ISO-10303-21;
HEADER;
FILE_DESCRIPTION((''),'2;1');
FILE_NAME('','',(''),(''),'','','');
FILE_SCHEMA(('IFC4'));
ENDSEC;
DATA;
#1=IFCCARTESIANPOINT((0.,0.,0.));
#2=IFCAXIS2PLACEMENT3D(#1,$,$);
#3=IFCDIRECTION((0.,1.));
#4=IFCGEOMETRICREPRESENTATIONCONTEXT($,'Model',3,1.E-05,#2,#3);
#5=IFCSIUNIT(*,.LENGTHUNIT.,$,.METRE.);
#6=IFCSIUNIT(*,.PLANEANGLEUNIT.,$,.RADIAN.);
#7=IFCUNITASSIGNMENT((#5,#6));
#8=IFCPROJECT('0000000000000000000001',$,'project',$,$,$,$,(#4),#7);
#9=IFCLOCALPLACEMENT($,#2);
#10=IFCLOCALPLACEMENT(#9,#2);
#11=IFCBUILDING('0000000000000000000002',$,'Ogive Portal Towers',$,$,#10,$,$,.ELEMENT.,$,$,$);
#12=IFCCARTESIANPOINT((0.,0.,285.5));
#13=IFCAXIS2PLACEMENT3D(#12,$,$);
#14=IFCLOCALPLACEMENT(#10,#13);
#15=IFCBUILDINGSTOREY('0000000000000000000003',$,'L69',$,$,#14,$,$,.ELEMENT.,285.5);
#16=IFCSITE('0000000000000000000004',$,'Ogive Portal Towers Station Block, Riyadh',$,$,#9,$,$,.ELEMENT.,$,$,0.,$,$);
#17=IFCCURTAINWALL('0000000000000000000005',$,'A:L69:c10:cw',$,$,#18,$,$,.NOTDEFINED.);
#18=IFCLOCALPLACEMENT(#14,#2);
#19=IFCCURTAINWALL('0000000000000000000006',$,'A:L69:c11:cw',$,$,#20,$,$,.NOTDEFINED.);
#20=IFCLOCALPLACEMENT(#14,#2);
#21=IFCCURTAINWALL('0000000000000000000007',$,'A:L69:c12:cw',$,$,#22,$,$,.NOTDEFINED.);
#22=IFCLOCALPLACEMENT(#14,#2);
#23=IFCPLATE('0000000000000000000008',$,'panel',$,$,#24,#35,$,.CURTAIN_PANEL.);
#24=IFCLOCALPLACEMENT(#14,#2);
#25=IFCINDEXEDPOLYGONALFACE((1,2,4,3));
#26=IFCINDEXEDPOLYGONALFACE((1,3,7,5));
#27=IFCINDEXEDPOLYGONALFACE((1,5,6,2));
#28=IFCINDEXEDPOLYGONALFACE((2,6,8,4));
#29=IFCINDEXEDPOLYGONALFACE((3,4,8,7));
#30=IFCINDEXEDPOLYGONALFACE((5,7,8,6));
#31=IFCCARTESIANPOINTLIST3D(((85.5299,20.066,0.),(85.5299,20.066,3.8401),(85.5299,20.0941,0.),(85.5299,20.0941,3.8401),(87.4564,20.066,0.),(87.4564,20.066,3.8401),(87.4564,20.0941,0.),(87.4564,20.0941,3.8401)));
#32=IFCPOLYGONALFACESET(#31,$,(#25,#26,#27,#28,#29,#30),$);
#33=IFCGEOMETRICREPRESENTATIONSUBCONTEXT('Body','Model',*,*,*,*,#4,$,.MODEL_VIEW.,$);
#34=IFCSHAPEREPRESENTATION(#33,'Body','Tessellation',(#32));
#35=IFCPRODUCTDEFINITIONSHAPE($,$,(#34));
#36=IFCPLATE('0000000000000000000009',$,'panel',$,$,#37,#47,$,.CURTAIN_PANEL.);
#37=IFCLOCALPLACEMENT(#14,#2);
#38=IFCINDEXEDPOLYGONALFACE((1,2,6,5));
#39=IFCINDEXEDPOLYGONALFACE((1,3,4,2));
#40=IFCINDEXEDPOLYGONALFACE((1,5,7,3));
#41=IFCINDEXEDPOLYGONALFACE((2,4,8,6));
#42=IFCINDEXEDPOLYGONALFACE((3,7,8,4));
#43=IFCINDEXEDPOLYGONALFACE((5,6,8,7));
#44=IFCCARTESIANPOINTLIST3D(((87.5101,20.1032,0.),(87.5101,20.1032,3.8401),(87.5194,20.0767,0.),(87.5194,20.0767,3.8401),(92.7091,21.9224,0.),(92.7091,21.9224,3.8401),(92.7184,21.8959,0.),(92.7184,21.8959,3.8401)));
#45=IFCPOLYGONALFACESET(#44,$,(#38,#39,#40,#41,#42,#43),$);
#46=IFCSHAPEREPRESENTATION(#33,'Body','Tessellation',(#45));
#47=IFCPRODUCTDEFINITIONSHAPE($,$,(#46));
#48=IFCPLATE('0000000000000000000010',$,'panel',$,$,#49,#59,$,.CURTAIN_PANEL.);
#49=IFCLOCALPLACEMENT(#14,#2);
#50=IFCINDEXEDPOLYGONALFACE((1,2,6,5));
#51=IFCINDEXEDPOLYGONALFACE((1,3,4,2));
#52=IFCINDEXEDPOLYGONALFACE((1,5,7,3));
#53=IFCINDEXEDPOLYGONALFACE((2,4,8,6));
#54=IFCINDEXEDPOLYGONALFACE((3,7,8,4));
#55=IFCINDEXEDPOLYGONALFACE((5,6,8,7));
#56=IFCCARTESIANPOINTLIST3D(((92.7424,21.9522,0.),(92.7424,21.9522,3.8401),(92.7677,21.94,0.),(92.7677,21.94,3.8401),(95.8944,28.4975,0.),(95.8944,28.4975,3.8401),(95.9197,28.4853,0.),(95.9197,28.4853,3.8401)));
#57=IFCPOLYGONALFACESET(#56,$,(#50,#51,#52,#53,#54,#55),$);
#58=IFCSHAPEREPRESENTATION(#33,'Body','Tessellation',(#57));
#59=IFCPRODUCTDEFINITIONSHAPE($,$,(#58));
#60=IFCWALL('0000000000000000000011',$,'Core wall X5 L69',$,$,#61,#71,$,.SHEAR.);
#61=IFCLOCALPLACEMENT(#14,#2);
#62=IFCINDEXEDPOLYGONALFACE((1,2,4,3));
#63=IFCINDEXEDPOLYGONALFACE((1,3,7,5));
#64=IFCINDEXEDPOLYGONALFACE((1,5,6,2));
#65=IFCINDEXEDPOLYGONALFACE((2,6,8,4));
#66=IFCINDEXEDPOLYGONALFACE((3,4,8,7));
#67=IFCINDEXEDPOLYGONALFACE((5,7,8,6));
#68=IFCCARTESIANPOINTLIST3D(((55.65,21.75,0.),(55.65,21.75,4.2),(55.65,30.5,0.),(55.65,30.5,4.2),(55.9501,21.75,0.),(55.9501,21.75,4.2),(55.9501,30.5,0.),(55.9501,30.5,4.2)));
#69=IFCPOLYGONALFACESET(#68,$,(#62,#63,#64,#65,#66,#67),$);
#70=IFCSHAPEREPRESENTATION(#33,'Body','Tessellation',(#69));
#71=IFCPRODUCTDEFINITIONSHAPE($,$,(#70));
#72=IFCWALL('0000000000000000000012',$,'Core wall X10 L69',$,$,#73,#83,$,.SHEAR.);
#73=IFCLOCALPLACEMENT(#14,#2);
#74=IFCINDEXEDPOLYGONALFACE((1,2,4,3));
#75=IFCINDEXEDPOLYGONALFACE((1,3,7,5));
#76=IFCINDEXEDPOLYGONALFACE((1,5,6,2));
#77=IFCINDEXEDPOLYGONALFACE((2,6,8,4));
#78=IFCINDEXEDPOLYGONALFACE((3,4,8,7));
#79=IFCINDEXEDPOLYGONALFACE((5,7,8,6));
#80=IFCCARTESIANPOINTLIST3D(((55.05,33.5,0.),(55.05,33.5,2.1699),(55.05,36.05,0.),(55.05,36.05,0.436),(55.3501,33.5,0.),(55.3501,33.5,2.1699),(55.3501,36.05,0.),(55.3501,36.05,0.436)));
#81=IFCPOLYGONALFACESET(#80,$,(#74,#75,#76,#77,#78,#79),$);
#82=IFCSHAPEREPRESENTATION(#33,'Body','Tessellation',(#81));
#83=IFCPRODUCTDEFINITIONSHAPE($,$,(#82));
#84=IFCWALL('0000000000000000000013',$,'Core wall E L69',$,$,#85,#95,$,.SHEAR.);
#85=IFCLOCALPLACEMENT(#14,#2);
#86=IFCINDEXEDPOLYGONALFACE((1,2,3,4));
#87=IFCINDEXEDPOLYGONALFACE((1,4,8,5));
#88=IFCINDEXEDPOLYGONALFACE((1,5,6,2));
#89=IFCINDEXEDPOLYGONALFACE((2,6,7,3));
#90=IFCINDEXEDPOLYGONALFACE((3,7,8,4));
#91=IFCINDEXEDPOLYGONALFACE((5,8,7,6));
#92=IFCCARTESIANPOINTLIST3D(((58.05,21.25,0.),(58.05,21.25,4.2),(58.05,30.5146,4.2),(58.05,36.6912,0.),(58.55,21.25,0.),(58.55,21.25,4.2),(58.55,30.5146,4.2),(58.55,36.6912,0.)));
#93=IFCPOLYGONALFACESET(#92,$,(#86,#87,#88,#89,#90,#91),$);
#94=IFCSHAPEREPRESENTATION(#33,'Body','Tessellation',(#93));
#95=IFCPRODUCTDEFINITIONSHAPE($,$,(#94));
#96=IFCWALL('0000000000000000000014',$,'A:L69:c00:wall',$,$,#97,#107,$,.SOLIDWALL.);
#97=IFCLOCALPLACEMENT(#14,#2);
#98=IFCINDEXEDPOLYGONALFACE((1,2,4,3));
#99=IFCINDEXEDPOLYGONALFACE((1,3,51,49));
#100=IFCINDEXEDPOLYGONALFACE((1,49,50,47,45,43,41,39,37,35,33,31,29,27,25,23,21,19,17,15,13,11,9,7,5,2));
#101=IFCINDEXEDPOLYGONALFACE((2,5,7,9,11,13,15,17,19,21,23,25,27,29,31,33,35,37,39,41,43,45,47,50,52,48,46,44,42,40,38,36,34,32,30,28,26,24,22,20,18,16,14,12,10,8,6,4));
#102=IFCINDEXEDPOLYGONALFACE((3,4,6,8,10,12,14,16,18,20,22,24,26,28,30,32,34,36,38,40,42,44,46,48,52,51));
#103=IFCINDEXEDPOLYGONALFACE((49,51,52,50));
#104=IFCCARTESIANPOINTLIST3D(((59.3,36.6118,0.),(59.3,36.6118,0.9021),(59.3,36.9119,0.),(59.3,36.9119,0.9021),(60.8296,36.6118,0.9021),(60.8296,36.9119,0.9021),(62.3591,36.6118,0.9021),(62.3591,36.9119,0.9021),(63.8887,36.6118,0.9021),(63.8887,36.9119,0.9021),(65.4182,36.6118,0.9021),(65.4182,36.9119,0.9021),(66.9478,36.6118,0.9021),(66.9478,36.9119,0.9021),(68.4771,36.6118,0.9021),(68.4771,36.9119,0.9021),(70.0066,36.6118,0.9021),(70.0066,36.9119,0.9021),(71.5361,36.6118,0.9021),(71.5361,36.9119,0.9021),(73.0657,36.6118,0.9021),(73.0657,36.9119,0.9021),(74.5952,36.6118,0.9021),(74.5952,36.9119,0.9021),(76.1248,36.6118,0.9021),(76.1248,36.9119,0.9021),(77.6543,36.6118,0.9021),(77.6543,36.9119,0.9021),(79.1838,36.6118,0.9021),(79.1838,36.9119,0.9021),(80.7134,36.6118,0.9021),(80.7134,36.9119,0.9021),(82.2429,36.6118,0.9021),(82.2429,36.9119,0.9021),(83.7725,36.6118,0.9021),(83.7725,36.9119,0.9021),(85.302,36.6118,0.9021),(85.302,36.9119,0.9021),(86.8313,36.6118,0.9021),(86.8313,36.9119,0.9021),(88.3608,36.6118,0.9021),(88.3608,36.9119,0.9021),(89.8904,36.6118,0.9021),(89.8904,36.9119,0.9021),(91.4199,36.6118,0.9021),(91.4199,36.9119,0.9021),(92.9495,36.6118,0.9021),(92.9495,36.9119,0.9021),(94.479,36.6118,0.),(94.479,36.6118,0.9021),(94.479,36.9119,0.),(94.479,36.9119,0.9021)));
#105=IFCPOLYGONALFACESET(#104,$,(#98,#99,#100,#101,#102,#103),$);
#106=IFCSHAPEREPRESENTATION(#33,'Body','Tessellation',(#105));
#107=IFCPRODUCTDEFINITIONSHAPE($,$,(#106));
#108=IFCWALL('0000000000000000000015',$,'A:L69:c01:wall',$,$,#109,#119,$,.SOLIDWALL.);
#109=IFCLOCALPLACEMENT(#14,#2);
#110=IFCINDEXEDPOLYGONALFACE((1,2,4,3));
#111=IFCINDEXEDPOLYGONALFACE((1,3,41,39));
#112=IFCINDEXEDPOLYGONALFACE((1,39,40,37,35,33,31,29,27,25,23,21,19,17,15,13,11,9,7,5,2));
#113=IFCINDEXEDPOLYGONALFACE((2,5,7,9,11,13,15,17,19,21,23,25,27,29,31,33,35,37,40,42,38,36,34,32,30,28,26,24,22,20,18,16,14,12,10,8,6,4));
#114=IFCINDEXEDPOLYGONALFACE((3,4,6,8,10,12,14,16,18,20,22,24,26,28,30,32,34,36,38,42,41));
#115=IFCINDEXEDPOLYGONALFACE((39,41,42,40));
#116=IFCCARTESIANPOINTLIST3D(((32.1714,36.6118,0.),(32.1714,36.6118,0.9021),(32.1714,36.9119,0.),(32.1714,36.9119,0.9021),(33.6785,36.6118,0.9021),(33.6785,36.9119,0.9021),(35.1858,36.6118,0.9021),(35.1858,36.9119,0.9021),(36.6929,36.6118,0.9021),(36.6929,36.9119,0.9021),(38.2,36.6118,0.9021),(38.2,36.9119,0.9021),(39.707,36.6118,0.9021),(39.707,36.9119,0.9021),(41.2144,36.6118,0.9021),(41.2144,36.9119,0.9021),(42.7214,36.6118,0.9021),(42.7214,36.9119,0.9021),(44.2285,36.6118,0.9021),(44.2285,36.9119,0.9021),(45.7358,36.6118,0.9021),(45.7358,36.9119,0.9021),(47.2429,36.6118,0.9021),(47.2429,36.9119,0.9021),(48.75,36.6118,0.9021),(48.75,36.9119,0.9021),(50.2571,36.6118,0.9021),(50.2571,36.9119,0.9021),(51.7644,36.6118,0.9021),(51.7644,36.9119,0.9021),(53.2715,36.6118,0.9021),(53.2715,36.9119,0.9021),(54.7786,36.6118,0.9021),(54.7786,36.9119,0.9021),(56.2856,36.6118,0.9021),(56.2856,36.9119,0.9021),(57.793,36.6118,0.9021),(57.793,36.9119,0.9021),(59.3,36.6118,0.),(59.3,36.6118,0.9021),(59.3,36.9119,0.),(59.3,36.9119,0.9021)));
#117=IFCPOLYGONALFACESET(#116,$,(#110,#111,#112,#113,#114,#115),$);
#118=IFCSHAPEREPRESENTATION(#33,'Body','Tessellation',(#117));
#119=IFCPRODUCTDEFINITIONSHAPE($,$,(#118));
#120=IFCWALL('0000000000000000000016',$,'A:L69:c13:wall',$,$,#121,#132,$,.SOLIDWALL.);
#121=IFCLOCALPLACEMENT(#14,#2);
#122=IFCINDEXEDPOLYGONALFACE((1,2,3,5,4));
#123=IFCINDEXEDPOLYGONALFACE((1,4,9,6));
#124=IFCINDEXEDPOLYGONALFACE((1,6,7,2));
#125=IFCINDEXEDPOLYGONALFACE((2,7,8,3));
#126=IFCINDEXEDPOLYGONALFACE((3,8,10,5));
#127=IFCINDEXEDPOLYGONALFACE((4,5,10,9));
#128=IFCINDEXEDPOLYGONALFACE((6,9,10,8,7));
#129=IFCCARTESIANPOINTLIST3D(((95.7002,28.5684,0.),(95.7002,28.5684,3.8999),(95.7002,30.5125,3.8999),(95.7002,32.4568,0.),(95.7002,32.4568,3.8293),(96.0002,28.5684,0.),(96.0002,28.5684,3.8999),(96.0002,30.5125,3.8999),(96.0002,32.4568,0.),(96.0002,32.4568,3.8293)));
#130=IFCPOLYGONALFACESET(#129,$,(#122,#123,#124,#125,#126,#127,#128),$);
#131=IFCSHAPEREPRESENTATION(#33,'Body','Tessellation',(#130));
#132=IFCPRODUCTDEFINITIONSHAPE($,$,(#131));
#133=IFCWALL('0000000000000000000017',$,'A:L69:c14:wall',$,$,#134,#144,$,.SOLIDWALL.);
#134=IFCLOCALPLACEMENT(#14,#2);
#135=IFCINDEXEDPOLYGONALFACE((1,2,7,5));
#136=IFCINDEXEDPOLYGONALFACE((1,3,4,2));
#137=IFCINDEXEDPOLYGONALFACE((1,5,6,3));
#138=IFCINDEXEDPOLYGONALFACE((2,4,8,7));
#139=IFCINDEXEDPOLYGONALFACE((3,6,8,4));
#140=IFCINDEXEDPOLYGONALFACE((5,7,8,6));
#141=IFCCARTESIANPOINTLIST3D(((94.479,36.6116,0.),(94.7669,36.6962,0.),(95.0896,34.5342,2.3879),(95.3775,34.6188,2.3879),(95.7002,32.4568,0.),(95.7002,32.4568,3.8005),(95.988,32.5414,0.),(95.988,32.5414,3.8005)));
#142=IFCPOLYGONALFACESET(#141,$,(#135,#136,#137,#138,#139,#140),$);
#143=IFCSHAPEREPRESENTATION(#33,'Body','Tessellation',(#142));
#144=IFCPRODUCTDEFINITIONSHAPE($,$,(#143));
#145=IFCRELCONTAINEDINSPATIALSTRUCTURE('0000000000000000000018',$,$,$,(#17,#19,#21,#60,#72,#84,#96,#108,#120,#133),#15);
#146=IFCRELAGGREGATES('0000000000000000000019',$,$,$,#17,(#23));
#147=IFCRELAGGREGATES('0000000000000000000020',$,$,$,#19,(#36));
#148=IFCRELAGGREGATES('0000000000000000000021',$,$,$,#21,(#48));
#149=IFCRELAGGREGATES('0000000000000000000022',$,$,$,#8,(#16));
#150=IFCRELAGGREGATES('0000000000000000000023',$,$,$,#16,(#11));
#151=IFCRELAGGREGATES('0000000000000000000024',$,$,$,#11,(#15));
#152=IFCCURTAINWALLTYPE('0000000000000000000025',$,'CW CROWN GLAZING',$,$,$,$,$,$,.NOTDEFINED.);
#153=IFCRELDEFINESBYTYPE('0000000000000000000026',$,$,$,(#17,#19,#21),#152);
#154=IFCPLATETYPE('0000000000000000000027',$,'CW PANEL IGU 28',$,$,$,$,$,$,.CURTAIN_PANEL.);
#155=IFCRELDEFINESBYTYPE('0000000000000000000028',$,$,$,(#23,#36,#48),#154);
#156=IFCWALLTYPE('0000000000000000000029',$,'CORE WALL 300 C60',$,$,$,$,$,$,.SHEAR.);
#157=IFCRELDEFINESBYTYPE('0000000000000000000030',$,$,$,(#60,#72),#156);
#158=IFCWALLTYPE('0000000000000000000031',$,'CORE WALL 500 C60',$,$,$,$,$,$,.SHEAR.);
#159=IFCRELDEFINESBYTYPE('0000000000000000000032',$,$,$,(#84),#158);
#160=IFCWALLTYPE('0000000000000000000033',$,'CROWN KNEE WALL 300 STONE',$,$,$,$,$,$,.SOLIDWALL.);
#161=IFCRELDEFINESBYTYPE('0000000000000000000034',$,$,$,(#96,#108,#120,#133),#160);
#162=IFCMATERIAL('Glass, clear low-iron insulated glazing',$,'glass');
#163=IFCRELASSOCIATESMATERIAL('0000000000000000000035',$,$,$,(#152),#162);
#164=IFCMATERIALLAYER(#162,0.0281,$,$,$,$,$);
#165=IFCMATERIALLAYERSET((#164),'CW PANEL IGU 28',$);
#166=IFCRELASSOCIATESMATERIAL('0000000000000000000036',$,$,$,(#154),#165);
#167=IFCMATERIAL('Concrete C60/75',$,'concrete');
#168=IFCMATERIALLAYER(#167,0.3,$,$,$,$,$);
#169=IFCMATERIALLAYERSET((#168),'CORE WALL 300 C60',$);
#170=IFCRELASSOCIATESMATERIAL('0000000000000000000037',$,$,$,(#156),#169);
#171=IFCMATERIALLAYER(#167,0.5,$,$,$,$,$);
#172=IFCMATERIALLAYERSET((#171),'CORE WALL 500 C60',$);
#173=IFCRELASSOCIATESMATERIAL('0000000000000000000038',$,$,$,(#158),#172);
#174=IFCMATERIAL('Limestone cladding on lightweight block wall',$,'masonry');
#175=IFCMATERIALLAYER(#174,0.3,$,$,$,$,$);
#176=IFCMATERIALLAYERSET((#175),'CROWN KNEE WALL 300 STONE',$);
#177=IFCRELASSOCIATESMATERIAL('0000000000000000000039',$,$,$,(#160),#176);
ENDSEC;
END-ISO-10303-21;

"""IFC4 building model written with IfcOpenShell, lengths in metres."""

from ifc_helpers import new_model, si_unit, direction, frame, frame_2d, origin, origin_2d, place, context, subcontext, project, spatial, polyline, rectangle, outline, extrude, material, layer, layer_set, type_object, element, aggregate, save


model = new_model("IFC4")

# Units and contexts
model_context = context("Model", 3, precision=1e-05, world=origin(), true_north=direction((0.0, 1.0)))
body_context = subcontext(model_context, "Body", "Model", "MODEL_VIEW")
ifc_project = project(units=[si_unit("LENGTHUNIT", "METRE"), si_unit("PLANEANGLEUNIT", "RADIAN")], contexts=[model_context])

# Site, building, storey
site_placement = place(None, origin())
site = spatial("IfcSite", under=ifc_project, at=site_placement, Name="Ogive Portal Towers Station Block, Riyadh", CompositionType="ELEMENT", RefElevation=0.0)
building_placement = place(site_placement, origin())
building = spatial("IfcBuilding", under=site, at=building_placement, Name="Ogive Portal Towers", CompositionType="ELEMENT")
storey_placement = place(building_placement, frame((0.0, 0.0, 285.5)))
storey = spatial("IfcBuildingStorey", under=building, at=storey_placement, Name="L69", CompositionType="ELEMENT", Elevation=285.5)

# Curtain wall
ifc_material_1 = material(Name="Glass, clear low-iron insulated glazing", Category="glass")
curtain_wall_type = type_object("IfcCurtainWallType", Name="CW CROWN GLAZING", PredefinedType="NOTDEFINED", material=ifc_material_1)
curtain_wall_1_placement = place(storey_placement, origin())
curtain_wall_1 = element("IfcCurtainWall", 1, at=curtain_wall_1_placement, inside=storey, type_object=curtain_wall_type, Name="A:L69:c10:cw", PredefinedType="NOTDEFINED")

# Curtain walls
curtain_wall_2_placement = place(storey_placement, origin())
curtain_wall_2 = element("IfcCurtainWall", 2, at=curtain_wall_2_placement, inside=storey, type_object=curtain_wall_type, Name="A:L69:c11:cw", PredefinedType="NOTDEFINED")
curtain_wall_3_placement = place(storey_placement, origin())
curtain_wall_3 = element("IfcCurtainWall", 3, at=curtain_wall_3_placement, inside=storey, type_object=curtain_wall_type, Name="A:L69:c12:cw", PredefinedType="NOTDEFINED")

# Plates
ifc_layer_1 = layer(ifc_material_1, 0.0281)
ifc_layer_set_1 = layer_set([ifc_layer_1], Name="CW PANEL IGU 28")
plate_type = type_object("IfcPlateType", Name="CW PANEL IGU 28", PredefinedType="CURTAIN_PANEL", material=ifc_layer_set_1)
plate_1_placement = place(storey_placement, frame((86.4932, 20.0801, 0.0), z_axis=(0.0, 0.0, 1.0), x_axis=(1.0, 0.0, 0.0)))
plate_1 = element("IfcPlate", 4, at=plate_1_placement, type_object=plate_type, Name="panel", PredefinedType="CURTAIN_PANEL", context=body_context, shape_type="SweptSolid", body=[
    extrude(rectangle(XDim=1.9265, YDim=0.0281, at=origin_2d()), origin(), (0.0, 0.0, 1.0), 3.8401),
])
aggregate(curtain_wall_1, [plate_1])
plate_2_placement = place(storey_placement, frame((90.1143, 20.9995, 0.0), z_axis=(0.0, 0.0, 1.0), x_axis=(0.943883, 0.330279, 0.0)))
plate_2 = element("IfcPlate", 5, at=plate_2_placement, type_object=plate_type, Name="panel", PredefinedType="CURTAIN_PANEL", context=body_context, shape_type="SweptSolid", body=[
    extrude(rectangle(XDim=5.5081, YDim=0.0281, at=origin_2d()), origin(), (0.0, 0.0, 1.0), 3.8401),
])
aggregate(curtain_wall_2, [plate_2])
plate_3_placement = place(storey_placement, frame((94.3311, 25.2188, 0.0), z_axis=(0.0, 0.0, 1.0), x_axis=(0.433884, 0.900969, 0.0)))
plate_3 = element("IfcPlate", 6, at=plate_3_placement, type_object=plate_type, Name="panel", PredefinedType="CURTAIN_PANEL", context=body_context, shape_type="SweptSolid", body=[
    extrude(rectangle(XDim=7.2646, YDim=0.0281, at=origin_2d()), origin(), (0.0, 0.0, 1.0), 3.8401),
])
aggregate(curtain_wall_3, [plate_3])

# Walls
ifc_material_2 = material(Name="Concrete C60/75", Category="concrete")
ifc_layer_2 = layer(ifc_material_2, 0.3)
ifc_layer_set_2 = layer_set([ifc_layer_2], Name="CORE WALL 300 C60")
wall_type_1 = type_object("IfcWallType", Name="CORE WALL 300 C60", PredefinedType="SHEAR", material=ifc_layer_set_2)
wall_1_placement = place(storey_placement, frame((55.8, 21.75, 0.0), z_axis=(0.0, 0.0, 1.0), x_axis=(0.0, 1.0, 0.0)))
element("IfcWall", 7, at=wall_1_placement, inside=storey, type_object=wall_type_1, Name="Core wall X5 L69", PredefinedType="SHEAR", context=body_context, shape_type="SweptSolid", body=[
    extrude(rectangle(XDim=8.75, YDim=0.3, at=frame_2d((4.375, 0.0))), origin(), (0.0, 0.0, 1.0), 4.2),
])
wall_2_placement = place(storey_placement, frame((55.2, 33.5, 0.0), z_axis=(0.0, 0.0, 1.0), x_axis=(0.0, 1.0, 0.0)))
element("IfcWall", 8, at=wall_2_placement, inside=storey, type_object=wall_type_1, Name="Core wall X10 L69", PredefinedType="SHEAR", context=body_context, shape_type="SweptSolid", body=[
    extrude(outline(polyline([(0.0, 0.0), (2.55, 0.0), (2.55, 0.436), (0.0, 2.1699), (0.0, 0.0)])), frame((0.0, 0.1499, 0.0), z_axis=(0.0, -1.0, 0.0), x_axis=(1.0, 0.0, 0.0)), (0.0, 0.0, 1.0), 0.3),
])
ifc_layer_3 = layer(ifc_material_2, 0.5)
ifc_layer_set_3 = layer_set([ifc_layer_3], Name="CORE WALL 500 C60")
wall_type_2 = type_object("IfcWallType", Name="CORE WALL 500 C60", PredefinedType="SHEAR", material=ifc_layer_set_3)
wall_3_placement = place(storey_placement, frame((58.3, 21.25, 0.0), z_axis=(0.0, 0.0, 1.0), x_axis=(0.0, 1.0, 0.0)))
element("IfcWall", 9, at=wall_3_placement, inside=storey, type_object=wall_type_2, Name="Core wall E L69", PredefinedType="SHEAR", context=body_context, shape_type="SweptSolid", body=[
    extrude(outline(polyline([(0.0, 0.0), (18.5, 0.0), (15.4412, 0.0), (9.2646, 4.2), (0.0, 4.2), (0.0, 0.0)])), frame((0.0, 0.25, 0.0), z_axis=(0.0, -1.0, 0.0), x_axis=(1.0, 0.0, 0.0)), (0.0, 0.0, 1.0), 0.5),
])
ifc_material_3 = material(Name="Limestone cladding on lightweight block wall", Category="masonry")
ifc_layer_4 = layer(ifc_material_3, 0.3)
ifc_layer_set_4 = layer_set([ifc_layer_4], Name="CROWN KNEE WALL 300 STONE")
wall_type_3 = type_object("IfcWallType", Name="CROWN KNEE WALL 300 STONE", PredefinedType="SOLIDWALL", material=ifc_layer_set_4)
wall_4_placement = place(storey_placement, frame((94.479, 36.7617, 0.0), z_axis=(0.0, 0.0, 1.0), x_axis=(-1.0, 0.0, 0.0)))
element("IfcWall", 10, at=wall_4_placement, inside=storey, type_object=wall_type_3, Name="A:L69:c00:wall", PredefinedType="SOLIDWALL", context=body_context, shape_type="SweptSolid", body=[
    extrude(outline(polyline([(0.0, 0.0), (35.179, 0.0), (35.179, 0.9021), (33.6494, 0.9021), (32.1199, 0.9021), (30.5903, 0.9021), (29.0608, 0.9021), (27.5312, 0.9021), (26.002, 0.9021), (24.4724, 0.9021), (22.9429, 0.9021), (21.4133, 0.9021), (19.8838, 0.9021), (18.3542, 0.9021), (16.8247, 0.9021), (15.2952, 0.9021), (13.7656, 0.9021), (12.2361, 0.9021), (10.7065, 0.9021), (9.177, 0.9021), (7.6477, 0.9021), (6.1182, 0.9021), (4.5886, 0.9021), (3.0591, 0.9021), (1.5295, 0.9021), (0.0, 0.9021), (0.0, 0.0)])), frame((0.0, 0.1499, 0.0), z_axis=(0.0, -1.0, 0.0), x_axis=(1.0, 0.0, 0.0)), (0.0, 0.0, 1.0), 0.3),
])
wall_5_placement = place(storey_placement, frame((59.3, 36.7617, 0.0), z_axis=(0.0, 0.0, 1.0), x_axis=(-1.0, 0.0, 0.0)))
element("IfcWall", 11, at=wall_5_placement, inside=storey, type_object=wall_type_3, Name="A:L69:c01:wall", PredefinedType="SOLIDWALL", context=body_context, shape_type="SweptSolid", body=[
    extrude(outline(polyline([(0.0, 0.0), (27.1287, 0.0), (27.1287, 0.9021), (25.6216, 0.9021), (24.1143, 0.9021), (22.6072, 0.9021), (21.1001, 0.9021), (19.593, 0.9021), (18.0857, 0.9021), (16.5786, 0.9021), (15.0715, 0.9021), (13.5642, 0.9021), (12.0571, 0.9021), (10.55, 0.9021), (9.043, 0.9021), (7.5356, 0.9021), (6.0286, 0.9021), (4.5215, 0.9021), (3.0144, 0.9021), (1.5071, 0.9021), (0.0, 0.9021), (0.0, 0.0)])), frame((0.0, 0.1499, 0.0), z_axis=(0.0, -1.0, 0.0), x_axis=(1.0, 0.0, 0.0)), (0.0, 0.0, 1.0), 0.3),
])
wall_6_placement = place(storey_placement, frame((95.8501, 28.5684, 0.0), z_axis=(0.0, 0.0, 1.0), x_axis=(0.0, 1.0, 0.0)))
element("IfcWall", 12, at=wall_6_placement, inside=storey, type_object=wall_type_3, Name="A:L69:c13:wall", PredefinedType="SOLIDWALL", context=body_context, shape_type="SweptSolid", body=[
    extrude(outline(polyline([(0.0, 0.0), (3.8884, 0.0), (3.8884, 3.8293), (1.9441, 3.8999), (0.0, 3.8999), (0.0, 0.0)])), frame((0.0, 0.1499, 0.0), z_axis=(0.0, -1.0, 0.0), x_axis=(1.0, 0.0, 0.0)), (0.0, 0.0, 1.0), 0.3),
])
wall_7_placement = place(storey_placement, frame((95.844, 32.499, 0.0), z_axis=(0.0, 0.0, 1.0), x_axis=(-0.28198, 0.95942, 0.0)))
element("IfcWall", 13, at=wall_7_placement, inside=storey, type_object=wall_type_3, Name="A:L69:c14:wall", PredefinedType="SOLIDWALL", context=body_context, shape_type="SweptSolid", body=[
    extrude(outline(polyline([(0.0, 0.0), (4.3308, 0.0), (4.3306, 0.9753), (4.3306, 0.0), (2.1653, 2.3879), (0.0, 3.8005), (0.0, 0.0)])), frame((0.0, 0.1499, 0.0), z_axis=(0.0, -1.0, 0.0), x_axis=(1.0, 0.0, 0.0)), (0.0, 0.0, 1.0), 0.3),
])

save(model, "model.ifc")
